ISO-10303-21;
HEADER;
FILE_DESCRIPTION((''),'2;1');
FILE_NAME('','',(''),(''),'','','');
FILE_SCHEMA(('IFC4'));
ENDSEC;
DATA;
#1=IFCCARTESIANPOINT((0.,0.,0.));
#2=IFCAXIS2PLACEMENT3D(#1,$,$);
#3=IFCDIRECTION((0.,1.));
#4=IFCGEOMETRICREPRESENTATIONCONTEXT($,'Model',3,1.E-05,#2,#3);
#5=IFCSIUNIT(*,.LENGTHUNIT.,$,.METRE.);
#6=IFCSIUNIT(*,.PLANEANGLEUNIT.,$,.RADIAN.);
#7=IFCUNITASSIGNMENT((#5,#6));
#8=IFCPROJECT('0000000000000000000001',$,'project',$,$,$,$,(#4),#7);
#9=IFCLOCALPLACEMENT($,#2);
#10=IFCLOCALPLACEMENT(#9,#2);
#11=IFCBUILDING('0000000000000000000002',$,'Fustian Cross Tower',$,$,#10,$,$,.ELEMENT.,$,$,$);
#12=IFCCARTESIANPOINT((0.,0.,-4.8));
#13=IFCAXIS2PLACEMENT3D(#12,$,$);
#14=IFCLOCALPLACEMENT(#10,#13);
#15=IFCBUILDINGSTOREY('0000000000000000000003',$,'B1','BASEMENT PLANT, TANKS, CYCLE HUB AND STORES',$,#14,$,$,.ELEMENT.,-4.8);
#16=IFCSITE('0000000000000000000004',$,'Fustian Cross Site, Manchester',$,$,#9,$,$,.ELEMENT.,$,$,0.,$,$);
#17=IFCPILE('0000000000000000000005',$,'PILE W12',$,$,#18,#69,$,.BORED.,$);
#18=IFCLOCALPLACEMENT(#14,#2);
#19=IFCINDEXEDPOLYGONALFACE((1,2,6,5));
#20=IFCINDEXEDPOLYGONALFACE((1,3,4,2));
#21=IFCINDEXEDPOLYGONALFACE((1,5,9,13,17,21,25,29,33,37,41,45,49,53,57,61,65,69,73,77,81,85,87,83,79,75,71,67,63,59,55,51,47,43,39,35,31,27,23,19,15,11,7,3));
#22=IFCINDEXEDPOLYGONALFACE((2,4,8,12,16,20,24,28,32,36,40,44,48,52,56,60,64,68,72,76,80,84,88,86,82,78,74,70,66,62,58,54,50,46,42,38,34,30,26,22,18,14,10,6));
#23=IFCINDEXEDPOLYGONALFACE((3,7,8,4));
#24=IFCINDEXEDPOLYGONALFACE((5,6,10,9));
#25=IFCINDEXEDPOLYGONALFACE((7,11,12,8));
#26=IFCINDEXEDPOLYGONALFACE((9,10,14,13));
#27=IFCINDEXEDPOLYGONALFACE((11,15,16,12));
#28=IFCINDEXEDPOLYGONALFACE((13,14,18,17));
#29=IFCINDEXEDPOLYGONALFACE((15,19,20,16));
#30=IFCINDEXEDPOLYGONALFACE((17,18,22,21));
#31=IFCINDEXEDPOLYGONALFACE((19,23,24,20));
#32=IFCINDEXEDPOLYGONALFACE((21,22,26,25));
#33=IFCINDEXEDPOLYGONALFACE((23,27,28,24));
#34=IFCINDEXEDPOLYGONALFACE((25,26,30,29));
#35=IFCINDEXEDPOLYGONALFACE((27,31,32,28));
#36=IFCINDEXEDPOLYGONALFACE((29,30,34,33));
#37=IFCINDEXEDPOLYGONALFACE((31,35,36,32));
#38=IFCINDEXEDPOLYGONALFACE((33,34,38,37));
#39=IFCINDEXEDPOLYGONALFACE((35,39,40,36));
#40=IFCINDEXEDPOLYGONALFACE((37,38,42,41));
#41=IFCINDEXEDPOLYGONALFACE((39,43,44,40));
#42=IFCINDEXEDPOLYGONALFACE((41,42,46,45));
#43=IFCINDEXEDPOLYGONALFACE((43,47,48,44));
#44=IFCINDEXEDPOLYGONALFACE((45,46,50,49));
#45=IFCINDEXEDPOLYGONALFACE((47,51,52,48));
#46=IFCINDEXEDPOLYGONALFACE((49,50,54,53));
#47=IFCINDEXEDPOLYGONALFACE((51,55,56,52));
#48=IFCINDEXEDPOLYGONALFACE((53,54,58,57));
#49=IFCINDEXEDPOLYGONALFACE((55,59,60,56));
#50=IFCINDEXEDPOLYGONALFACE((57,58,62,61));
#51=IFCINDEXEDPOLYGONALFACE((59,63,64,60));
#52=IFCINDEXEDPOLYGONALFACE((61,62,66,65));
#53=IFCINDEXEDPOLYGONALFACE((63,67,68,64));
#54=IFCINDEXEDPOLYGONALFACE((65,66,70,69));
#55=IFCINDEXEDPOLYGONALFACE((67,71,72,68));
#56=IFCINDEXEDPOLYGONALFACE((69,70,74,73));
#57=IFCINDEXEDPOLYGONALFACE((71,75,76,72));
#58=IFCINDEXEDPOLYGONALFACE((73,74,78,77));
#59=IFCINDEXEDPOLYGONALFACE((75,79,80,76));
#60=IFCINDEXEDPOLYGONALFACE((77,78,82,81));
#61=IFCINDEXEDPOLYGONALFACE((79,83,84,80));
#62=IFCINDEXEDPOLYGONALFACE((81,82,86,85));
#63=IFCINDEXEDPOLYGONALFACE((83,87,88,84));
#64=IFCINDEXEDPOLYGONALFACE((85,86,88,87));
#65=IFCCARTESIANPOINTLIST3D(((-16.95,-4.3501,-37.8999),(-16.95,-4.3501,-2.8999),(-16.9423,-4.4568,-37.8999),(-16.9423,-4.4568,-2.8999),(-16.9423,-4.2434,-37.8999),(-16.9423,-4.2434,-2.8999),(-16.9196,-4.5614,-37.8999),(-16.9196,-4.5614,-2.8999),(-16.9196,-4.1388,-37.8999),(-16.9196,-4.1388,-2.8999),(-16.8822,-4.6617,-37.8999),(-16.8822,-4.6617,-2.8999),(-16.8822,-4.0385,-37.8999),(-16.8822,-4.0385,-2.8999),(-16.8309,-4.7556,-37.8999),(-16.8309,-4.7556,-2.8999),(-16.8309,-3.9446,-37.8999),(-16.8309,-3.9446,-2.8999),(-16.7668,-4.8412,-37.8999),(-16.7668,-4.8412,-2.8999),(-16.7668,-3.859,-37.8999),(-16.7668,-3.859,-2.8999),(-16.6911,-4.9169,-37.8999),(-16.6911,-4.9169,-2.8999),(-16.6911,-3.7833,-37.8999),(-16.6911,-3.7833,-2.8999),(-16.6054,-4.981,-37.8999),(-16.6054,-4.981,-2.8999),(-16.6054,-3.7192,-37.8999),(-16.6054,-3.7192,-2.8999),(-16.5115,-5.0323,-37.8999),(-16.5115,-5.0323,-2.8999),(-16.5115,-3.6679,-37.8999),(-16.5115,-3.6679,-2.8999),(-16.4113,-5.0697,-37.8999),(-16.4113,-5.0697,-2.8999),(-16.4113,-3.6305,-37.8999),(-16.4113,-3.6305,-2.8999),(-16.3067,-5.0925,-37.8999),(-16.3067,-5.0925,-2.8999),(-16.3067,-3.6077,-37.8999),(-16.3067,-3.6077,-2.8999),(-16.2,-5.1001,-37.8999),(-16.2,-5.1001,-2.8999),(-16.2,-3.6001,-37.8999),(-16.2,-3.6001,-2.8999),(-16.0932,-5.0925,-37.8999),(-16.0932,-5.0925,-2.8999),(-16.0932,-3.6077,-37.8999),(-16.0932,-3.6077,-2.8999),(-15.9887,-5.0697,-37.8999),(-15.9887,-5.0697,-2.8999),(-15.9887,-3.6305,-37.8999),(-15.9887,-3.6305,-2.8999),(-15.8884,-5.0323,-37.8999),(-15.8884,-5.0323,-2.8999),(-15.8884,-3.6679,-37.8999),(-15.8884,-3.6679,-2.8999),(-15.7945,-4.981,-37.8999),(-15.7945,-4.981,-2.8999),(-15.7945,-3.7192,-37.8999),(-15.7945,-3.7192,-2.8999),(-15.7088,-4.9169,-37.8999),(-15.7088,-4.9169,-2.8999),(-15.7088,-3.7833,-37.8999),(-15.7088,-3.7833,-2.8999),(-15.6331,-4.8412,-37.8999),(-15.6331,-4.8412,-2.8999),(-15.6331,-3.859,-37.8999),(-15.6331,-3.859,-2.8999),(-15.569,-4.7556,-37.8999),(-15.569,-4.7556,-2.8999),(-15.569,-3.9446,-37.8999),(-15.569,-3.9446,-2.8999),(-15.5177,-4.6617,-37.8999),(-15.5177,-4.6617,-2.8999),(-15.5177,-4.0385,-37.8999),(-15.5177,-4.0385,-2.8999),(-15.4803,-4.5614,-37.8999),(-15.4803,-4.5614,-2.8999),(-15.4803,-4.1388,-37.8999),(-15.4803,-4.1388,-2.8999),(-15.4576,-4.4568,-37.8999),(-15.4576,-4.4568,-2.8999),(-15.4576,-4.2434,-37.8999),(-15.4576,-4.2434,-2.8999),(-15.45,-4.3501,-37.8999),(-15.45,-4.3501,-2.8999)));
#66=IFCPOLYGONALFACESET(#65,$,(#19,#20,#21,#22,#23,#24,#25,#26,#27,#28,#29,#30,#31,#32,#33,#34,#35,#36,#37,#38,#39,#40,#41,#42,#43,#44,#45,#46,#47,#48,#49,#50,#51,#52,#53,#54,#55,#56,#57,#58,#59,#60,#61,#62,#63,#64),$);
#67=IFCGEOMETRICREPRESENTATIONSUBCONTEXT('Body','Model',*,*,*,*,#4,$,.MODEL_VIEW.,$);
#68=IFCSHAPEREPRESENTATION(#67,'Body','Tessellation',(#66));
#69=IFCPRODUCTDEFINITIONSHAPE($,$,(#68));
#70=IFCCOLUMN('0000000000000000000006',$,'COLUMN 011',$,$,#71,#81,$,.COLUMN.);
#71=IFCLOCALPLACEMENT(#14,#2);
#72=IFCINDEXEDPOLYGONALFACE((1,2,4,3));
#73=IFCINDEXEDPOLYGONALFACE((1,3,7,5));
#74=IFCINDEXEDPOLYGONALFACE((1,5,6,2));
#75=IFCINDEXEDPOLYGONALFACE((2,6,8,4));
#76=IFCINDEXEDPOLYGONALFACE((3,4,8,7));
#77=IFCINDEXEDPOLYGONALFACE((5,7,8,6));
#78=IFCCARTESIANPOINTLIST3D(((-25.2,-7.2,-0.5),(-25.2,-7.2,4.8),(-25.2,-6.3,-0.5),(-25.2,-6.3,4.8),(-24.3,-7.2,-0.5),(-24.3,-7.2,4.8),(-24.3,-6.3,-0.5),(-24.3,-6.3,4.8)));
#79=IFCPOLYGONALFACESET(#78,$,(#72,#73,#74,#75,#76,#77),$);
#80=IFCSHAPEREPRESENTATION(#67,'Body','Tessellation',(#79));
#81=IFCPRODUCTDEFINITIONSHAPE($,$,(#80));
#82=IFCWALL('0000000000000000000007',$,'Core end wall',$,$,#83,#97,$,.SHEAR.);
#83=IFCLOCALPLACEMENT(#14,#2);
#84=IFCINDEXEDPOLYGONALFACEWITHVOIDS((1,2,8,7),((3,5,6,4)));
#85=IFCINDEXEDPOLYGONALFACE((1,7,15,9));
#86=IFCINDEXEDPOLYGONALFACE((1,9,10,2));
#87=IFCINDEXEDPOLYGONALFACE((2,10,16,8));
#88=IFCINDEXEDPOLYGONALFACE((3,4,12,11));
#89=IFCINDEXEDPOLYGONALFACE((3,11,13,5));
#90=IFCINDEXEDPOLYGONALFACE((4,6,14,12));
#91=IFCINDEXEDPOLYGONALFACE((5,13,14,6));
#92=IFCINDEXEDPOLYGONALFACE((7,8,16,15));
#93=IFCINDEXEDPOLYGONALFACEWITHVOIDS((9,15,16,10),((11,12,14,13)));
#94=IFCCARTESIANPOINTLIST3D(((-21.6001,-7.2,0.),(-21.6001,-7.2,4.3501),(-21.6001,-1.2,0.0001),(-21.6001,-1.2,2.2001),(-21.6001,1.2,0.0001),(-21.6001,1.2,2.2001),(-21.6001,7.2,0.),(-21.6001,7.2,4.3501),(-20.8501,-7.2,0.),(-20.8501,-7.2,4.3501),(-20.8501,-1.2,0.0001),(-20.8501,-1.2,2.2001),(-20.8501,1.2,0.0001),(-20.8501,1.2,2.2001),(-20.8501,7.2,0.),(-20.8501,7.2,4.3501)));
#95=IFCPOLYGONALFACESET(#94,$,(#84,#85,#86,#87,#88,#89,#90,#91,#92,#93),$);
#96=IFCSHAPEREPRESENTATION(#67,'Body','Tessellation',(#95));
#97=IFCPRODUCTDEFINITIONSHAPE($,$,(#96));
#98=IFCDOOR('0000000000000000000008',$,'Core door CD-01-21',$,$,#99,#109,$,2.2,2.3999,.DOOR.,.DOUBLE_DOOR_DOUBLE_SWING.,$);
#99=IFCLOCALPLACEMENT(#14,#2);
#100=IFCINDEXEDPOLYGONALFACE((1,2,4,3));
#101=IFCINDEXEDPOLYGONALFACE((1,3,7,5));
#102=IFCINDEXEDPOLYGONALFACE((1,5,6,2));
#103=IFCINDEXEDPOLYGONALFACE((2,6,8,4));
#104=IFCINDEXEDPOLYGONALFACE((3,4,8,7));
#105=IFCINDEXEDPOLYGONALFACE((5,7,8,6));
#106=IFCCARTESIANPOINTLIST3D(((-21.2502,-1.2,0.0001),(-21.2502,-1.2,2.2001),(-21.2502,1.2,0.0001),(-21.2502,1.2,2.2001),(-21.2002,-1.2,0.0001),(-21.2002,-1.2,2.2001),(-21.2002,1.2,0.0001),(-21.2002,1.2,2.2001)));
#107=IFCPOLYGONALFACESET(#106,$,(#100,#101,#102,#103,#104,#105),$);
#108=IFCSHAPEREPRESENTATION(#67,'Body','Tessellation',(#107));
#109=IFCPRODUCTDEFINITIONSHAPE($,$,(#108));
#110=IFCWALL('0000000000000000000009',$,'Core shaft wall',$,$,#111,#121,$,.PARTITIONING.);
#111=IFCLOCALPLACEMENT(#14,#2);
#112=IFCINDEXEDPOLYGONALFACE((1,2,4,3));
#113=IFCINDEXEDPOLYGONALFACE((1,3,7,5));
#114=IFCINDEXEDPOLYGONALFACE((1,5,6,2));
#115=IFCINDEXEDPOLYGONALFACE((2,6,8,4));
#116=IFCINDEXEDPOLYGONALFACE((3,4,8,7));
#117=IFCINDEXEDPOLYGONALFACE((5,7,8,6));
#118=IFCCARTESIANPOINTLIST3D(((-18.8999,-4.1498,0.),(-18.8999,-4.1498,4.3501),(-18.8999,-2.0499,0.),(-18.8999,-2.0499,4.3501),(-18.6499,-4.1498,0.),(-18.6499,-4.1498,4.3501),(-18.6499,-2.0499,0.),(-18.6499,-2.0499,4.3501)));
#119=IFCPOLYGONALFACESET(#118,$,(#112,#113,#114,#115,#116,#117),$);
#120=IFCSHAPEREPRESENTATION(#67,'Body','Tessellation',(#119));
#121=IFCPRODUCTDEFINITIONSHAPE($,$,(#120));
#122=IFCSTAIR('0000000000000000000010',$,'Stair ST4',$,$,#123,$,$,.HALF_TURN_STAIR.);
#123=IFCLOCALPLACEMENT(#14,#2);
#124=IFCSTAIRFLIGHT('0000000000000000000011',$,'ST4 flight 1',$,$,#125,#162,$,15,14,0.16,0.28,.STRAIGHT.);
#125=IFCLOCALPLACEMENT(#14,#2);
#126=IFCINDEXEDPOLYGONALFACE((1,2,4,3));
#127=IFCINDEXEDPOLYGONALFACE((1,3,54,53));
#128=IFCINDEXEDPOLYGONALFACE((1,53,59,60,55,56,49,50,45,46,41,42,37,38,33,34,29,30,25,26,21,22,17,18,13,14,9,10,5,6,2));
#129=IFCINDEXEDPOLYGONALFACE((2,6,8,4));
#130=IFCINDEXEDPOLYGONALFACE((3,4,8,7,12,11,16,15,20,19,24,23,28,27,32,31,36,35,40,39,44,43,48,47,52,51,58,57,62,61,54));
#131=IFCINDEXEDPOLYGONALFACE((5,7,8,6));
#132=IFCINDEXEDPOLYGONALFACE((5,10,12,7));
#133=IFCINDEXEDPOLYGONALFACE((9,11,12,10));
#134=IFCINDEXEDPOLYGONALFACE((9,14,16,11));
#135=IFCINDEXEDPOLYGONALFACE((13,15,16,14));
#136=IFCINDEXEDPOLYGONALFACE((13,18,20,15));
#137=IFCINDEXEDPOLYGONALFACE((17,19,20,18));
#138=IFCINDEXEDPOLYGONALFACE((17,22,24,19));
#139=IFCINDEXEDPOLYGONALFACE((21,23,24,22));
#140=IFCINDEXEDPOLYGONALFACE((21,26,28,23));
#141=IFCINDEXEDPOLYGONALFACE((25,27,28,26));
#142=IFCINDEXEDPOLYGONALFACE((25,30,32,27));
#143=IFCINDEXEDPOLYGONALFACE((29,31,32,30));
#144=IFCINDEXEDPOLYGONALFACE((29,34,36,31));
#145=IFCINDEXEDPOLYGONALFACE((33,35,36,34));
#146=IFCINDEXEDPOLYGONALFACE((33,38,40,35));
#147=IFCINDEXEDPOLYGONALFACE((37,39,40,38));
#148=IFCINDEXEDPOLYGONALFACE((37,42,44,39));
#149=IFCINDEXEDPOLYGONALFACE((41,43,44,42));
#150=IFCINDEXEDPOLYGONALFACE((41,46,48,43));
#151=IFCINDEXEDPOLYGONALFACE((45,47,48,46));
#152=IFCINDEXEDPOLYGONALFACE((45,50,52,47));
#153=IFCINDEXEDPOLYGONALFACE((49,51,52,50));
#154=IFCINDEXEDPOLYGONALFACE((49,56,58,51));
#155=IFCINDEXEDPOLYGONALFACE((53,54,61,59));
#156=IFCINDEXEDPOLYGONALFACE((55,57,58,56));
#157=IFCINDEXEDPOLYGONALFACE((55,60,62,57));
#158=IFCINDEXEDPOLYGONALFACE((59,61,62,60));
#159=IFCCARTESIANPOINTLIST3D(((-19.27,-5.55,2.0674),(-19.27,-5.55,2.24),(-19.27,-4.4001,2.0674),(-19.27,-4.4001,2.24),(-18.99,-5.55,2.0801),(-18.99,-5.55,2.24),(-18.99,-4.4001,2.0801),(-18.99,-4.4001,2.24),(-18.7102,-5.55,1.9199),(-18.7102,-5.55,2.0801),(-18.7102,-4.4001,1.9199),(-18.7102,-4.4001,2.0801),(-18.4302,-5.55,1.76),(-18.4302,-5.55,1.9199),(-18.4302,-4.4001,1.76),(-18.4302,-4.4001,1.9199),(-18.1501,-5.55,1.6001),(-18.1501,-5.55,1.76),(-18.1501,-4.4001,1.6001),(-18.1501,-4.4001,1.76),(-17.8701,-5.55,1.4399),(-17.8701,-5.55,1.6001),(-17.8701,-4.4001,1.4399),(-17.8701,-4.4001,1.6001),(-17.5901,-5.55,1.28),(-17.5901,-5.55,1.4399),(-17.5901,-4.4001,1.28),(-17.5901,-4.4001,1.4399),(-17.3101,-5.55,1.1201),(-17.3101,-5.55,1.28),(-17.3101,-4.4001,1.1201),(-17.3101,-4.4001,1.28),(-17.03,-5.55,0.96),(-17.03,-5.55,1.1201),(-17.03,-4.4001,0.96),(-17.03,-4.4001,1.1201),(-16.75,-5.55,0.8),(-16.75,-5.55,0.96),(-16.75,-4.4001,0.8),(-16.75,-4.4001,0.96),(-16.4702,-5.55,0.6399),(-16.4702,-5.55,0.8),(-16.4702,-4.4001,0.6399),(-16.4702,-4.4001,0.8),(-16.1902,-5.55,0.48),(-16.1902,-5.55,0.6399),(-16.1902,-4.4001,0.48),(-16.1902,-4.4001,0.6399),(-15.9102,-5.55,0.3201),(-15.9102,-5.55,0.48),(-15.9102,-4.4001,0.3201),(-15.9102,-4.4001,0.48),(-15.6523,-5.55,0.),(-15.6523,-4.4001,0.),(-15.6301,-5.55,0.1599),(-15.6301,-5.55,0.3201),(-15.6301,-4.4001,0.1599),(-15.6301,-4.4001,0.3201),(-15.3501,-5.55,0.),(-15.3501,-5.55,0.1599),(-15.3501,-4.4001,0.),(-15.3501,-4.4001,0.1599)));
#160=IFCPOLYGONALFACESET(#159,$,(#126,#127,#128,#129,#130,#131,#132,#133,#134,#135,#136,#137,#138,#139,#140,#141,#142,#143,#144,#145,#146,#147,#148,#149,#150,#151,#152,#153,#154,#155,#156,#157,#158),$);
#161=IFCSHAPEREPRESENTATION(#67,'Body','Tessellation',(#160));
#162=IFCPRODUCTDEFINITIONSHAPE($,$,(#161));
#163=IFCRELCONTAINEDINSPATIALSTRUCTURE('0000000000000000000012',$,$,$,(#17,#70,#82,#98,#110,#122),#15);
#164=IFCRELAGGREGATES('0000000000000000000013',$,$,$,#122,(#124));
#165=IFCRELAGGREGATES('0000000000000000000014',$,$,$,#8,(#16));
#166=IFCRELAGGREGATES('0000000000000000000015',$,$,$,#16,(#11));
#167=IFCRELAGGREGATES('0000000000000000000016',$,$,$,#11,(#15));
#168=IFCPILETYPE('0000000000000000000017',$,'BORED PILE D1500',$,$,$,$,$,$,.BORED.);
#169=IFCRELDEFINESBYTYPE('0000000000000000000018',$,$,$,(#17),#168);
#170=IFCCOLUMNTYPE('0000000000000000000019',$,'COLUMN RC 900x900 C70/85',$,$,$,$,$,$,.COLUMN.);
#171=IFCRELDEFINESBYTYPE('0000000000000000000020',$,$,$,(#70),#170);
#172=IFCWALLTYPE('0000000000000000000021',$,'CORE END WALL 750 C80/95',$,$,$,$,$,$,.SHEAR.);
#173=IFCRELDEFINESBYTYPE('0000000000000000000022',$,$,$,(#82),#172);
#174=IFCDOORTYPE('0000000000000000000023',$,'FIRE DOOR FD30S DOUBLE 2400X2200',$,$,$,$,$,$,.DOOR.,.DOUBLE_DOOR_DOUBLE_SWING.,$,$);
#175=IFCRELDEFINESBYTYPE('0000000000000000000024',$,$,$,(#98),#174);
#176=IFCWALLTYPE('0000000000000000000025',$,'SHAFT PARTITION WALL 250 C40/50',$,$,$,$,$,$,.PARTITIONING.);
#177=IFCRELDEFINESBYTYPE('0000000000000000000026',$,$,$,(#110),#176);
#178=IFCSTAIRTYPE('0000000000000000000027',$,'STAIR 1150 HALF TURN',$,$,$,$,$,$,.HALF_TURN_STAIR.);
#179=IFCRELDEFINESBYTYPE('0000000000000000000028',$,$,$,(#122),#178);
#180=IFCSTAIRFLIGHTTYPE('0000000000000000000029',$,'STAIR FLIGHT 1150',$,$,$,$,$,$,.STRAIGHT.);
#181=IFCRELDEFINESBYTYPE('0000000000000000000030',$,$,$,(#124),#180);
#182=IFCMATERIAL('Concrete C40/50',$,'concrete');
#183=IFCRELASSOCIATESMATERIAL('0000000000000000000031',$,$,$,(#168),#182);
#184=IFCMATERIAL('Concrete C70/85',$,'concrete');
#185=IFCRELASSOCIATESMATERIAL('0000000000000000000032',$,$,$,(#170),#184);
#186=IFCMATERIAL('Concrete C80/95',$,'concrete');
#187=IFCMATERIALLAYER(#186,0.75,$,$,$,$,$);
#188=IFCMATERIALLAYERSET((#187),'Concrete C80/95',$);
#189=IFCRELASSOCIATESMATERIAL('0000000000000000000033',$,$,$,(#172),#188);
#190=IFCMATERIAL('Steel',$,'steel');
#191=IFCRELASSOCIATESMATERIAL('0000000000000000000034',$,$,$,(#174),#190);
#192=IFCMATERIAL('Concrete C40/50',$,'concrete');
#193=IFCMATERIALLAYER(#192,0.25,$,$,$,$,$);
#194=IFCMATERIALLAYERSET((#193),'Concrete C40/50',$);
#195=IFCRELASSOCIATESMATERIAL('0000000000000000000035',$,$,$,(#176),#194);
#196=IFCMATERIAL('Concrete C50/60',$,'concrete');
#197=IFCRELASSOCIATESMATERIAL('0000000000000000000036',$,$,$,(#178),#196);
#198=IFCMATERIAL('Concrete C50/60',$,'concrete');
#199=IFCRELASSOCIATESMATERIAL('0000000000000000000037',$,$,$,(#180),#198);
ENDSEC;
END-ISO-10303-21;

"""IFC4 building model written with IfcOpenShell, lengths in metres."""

from ifc_helpers import new_model, si_unit, direction, frame, frame_2d, origin, origin_2d, place, context, subcontext, project, spatial, polyline, rectangle, circle, outline, extrude, material, layer, layer_set, material_profile, profile_set, type_object, element, fill, aggregate, save


model = new_model("IFC4")

# Units and contexts
model_context = context("Model", 3, precision=1e-05, world=origin(), true_north=direction((0.0, 1.0)))
body_context = subcontext(model_context, "Body", "Model", "MODEL_VIEW")
ifc_project = project(units=[si_unit("LENGTHUNIT", "METRE"), si_unit("PLANEANGLEUNIT", "RADIAN")], contexts=[model_context])

# Site, building, storey
site_placement = place(None, origin())
site = spatial("IfcSite", under=ifc_project, at=site_placement, Name="Fustian Cross Site, Manchester", CompositionType="ELEMENT", RefElevation=0.0)
building_placement = place(site_placement, origin())
building = spatial("IfcBuilding", under=site, at=building_placement, Name="Fustian Cross Tower", CompositionType="ELEMENT")
storey_placement = place(building_placement, frame((0.0, 0.0, -4.8)))
storey = spatial("IfcBuildingStorey", under=building, at=storey_placement, Name="B1", Description="BASEMENT PLANT, TANKS, CYCLE HUB AND STORES", CompositionType="ELEMENT", Elevation=-4.8)

# Pile
ifc_material_1 = material(Name="Concrete C40/50", Category="concrete")
ifc_material_profile_1 = material_profile(ifc_material_1, circle(Radius=0.75, at=origin_2d()), Name="BORED PILE D1500")
ifc_profile_set_1 = profile_set([ifc_material_profile_1], Name="Concrete C40/50")
pile_type_1 = type_object("IfcPileType", Name="BORED PILE D1500", PredefinedType="BORED", material=ifc_profile_set_1)
for number, where, z_axis, x_axis, name in (
    (1, (-16.2, -4.3501, -2.8999), (0.0, 0.0, -1.0), (1.0, 0.0, 0.0), "PILE W12"),
):
    element("IfcPile", number, at=place(storey_placement, frame(where, z_axis=z_axis, x_axis=x_axis)), inside=storey, type_object=pile_type_1, Name=name, PredefinedType="BORED", context=body_context, shape_type="SweptSolid", body=[
        extrude(circle(Radius=0.75, at=origin_2d()), origin(), (0.0, 0.0, 1.0), 35.0),
    ])

# Column
ifc_material_2 = material(Name="Concrete C70/85", Category="concrete")
ifc_material_profile_2 = material_profile(ifc_material_2, rectangle(XDim=0.8999, YDim=0.8999, at=origin_2d()), Name="RC 900x900")
ifc_profile_set_2 = profile_set([ifc_material_profile_2], Name="Concrete C70/85")
column_type = type_object("IfcColumnType", Name="COLUMN RC 900x900 C70/85", PredefinedType="COLUMN", material=ifc_profile_set_2)
column_placement = place(storey_placement, frame((-24.75, -6.75, -0.5), z_axis=(0.0, 0.0, 1.0), x_axis=(1.0, 0.0, 0.0)))
element("IfcColumn", 2, at=column_placement, inside=storey, type_object=column_type, Name="COLUMN 011", PredefinedType="COLUMN", context=body_context, shape_type="SweptSolid", body=[
    extrude(rectangle(XDim=0.8999, YDim=0.8999, at=origin_2d()), origin(), (0.0, 0.0, 1.0), 5.3),
])

# Wall, opening, door
ifc_material_3 = material(Name="Concrete C80/95", Category="concrete")
ifc_layer_1 = layer(ifc_material_3, 0.75)
ifc_layer_set_1 = layer_set([ifc_layer_1], Name="Concrete C80/95")
wall_type_1 = type_object("IfcWallType", Name="CORE END WALL 750 C80/95", PredefinedType="SHEAR", material=ifc_layer_set_1)
wall_1_placement = place(storey_placement, frame((-21.2251, -7.2, 0.0), z_axis=(0.0, 0.0, 1.0), x_axis=(0.0, 1.0, 0.0)))
wall_1 = element("IfcWall", 3, at=wall_1_placement, inside=storey, type_object=wall_type_1, Name="Core end wall", PredefinedType="SHEAR", context=body_context, shape_type="SweptSolid", body=[
    extrude(rectangle(XDim=14.3999, YDim=0.75, at=frame_2d((7.2, 0.0))), origin(), (0.0, 0.0, 1.0), 4.3501),
])
opening_placement = place(wall_1_placement, frame((6.0, 0.0, 0.0)))
opening = element("IfcOpeningElement", 4, at=opening_placement, cuts=wall_1, PredefinedType="OPENING", context=body_context, shape_type="SweptSolid", body=[
    extrude(rectangle(XDim=2.3999, YDim=2.2, at=frame_2d((1.2, 1.1001))), frame((0.0, 0.385, 0.0), z_axis=(0.0, -1.0, 0.0), x_axis=(1.0, 0.0, 0.0)), (0.0, 0.0, 1.0), 0.77),
])
ifc_material_4 = material(Name="Steel", Category="steel")
door_type = type_object("IfcDoorType", Name="FIRE DOOR FD30S DOUBLE 2400X2200", OperationType="DOUBLE_DOOR_DOUBLE_SWING", PredefinedType="DOOR", material=ifc_material_4)
door_placement = place(opening_placement, frame((2.3999, 0.0, 0.0), z_axis=(0.0, 0.0, 1.0), x_axis=(-1.0, 0.0, 0.0)))
door = element("IfcDoor", 5, at=door_placement, inside=storey, type_object=door_type, Name="Core door CD-01-21", OperationType="DOUBLE_DOOR_DOUBLE_SWING", OverallHeight=2.2, OverallWidth=2.3999, PredefinedType="DOOR", context=body_context, shape_type="SweptSolid", body=[
    extrude(rectangle(XDim=2.3999, YDim=2.2, at=frame_2d((1.2, 1.1001))), frame((0.0, 0.0249, 0.0), z_axis=(0.0, -1.0, 0.0), x_axis=(1.0, 0.0, 0.0)), (0.0, 0.0, 1.0), 0.05),
])
fill(opening, door)

# Wall
ifc_material_5 = material(Name="Concrete C40/50", Category="concrete")
ifc_layer_2 = layer(ifc_material_5, 0.25)
ifc_layer_set_2 = layer_set([ifc_layer_2], Name="Concrete C40/50")
wall_type_2 = type_object("IfcWallType", Name="SHAFT PARTITION WALL 250 C40/50", PredefinedType="PARTITIONING", material=ifc_layer_set_2)
wall_2_placement = place(storey_placement, frame((-18.7749, -2.05, 0.0), z_axis=(0.0, 0.0, 1.0), x_axis=(0.0, -1.0, 0.0)))
element("IfcWall", 6, at=wall_2_placement, inside=storey, type_object=wall_type_2, Name="Core shaft wall", PredefinedType="PARTITIONING", context=body_context, shape_type="SweptSolid", body=[
    extrude(rectangle(XDim=2.0999, YDim=0.25, at=frame_2d((1.0498, 0.0))), origin(), (0.0, 0.0, 1.0), 4.3501),
])

# Stair, stair flight
ifc_material_6 = material(Name="Concrete C50/60", Category="concrete")
stair_type = type_object("IfcStairType", Name="STAIR 1150 HALF TURN", PredefinedType="HALF_TURN_STAIR", material=ifc_material_6)
stair_placement = place(storey_placement, origin())
stair = element("IfcStair", 7, at=stair_placement, inside=storey, type_object=stair_type, Name="Stair ST4", PredefinedType="HALF_TURN_STAIR")
ifc_material_7 = material(Name="Concrete C50/60", Category="concrete")
stair_flight_type = type_object("IfcStairFlightType", Name="STAIR FLIGHT 1150", PredefinedType="STRAIGHT", material=ifc_material_7)
stair_flight_1_placement = place(storey_placement, frame((-15.3501, -4.9751, 0.0), z_axis=(0.0, 0.0, 1.0), x_axis=(-1.0, 0.0, 0.0)))
stair_flight_1 = element("IfcStairFlight", 8, at=stair_flight_1_placement, type_object=stair_flight_type, Name="ST4 flight 1", NumberOfRisers=15, NumberOfTreads=14, PredefinedType="STRAIGHT", RiserHeight=0.16, TreadLength=0.28, context=body_context, shape_type="SweptSolid", body=[
    extrude(outline(polyline([(0.0, 0.0), (0.0, 0.1599), (0.28, 0.1599), (0.28, 0.3201), (0.5601, 0.3201), (0.5601, 0.48), (0.8401, 0.48), (0.8401, 0.6399), (1.1201, 0.6399), (1.1201, 0.8), (1.3999, 0.8), (1.3999, 0.96), (1.6799, 0.96), (1.6799, 1.1201), (1.96, 1.1201), (1.96, 1.28), (2.24, 1.28), (2.24, 1.4399), (2.52, 1.4399), (2.52, 1.6001), (2.8, 1.6001), (2.8, 1.76), (3.0801, 1.76), (3.0801, 1.9199), (3.3601, 1.9199), (3.3601, 2.0801), (3.6399, 2.0801), (3.6399, 2.24), (3.9199, 2.24), (3.9199, 2.3999), (3.9199, 2.0674), (0.3022, 0.0), (0.0, 0.0)])), frame((0.0, 0.575, 0.0), z_axis=(0.0, -1.0, 0.0), x_axis=(1.0, 0.0, 0.0)), (0.0, 0.0, 1.0), 1.1499),
])
aggregate(stair, [stair_flight_1])

save(model, "model.ifc")
